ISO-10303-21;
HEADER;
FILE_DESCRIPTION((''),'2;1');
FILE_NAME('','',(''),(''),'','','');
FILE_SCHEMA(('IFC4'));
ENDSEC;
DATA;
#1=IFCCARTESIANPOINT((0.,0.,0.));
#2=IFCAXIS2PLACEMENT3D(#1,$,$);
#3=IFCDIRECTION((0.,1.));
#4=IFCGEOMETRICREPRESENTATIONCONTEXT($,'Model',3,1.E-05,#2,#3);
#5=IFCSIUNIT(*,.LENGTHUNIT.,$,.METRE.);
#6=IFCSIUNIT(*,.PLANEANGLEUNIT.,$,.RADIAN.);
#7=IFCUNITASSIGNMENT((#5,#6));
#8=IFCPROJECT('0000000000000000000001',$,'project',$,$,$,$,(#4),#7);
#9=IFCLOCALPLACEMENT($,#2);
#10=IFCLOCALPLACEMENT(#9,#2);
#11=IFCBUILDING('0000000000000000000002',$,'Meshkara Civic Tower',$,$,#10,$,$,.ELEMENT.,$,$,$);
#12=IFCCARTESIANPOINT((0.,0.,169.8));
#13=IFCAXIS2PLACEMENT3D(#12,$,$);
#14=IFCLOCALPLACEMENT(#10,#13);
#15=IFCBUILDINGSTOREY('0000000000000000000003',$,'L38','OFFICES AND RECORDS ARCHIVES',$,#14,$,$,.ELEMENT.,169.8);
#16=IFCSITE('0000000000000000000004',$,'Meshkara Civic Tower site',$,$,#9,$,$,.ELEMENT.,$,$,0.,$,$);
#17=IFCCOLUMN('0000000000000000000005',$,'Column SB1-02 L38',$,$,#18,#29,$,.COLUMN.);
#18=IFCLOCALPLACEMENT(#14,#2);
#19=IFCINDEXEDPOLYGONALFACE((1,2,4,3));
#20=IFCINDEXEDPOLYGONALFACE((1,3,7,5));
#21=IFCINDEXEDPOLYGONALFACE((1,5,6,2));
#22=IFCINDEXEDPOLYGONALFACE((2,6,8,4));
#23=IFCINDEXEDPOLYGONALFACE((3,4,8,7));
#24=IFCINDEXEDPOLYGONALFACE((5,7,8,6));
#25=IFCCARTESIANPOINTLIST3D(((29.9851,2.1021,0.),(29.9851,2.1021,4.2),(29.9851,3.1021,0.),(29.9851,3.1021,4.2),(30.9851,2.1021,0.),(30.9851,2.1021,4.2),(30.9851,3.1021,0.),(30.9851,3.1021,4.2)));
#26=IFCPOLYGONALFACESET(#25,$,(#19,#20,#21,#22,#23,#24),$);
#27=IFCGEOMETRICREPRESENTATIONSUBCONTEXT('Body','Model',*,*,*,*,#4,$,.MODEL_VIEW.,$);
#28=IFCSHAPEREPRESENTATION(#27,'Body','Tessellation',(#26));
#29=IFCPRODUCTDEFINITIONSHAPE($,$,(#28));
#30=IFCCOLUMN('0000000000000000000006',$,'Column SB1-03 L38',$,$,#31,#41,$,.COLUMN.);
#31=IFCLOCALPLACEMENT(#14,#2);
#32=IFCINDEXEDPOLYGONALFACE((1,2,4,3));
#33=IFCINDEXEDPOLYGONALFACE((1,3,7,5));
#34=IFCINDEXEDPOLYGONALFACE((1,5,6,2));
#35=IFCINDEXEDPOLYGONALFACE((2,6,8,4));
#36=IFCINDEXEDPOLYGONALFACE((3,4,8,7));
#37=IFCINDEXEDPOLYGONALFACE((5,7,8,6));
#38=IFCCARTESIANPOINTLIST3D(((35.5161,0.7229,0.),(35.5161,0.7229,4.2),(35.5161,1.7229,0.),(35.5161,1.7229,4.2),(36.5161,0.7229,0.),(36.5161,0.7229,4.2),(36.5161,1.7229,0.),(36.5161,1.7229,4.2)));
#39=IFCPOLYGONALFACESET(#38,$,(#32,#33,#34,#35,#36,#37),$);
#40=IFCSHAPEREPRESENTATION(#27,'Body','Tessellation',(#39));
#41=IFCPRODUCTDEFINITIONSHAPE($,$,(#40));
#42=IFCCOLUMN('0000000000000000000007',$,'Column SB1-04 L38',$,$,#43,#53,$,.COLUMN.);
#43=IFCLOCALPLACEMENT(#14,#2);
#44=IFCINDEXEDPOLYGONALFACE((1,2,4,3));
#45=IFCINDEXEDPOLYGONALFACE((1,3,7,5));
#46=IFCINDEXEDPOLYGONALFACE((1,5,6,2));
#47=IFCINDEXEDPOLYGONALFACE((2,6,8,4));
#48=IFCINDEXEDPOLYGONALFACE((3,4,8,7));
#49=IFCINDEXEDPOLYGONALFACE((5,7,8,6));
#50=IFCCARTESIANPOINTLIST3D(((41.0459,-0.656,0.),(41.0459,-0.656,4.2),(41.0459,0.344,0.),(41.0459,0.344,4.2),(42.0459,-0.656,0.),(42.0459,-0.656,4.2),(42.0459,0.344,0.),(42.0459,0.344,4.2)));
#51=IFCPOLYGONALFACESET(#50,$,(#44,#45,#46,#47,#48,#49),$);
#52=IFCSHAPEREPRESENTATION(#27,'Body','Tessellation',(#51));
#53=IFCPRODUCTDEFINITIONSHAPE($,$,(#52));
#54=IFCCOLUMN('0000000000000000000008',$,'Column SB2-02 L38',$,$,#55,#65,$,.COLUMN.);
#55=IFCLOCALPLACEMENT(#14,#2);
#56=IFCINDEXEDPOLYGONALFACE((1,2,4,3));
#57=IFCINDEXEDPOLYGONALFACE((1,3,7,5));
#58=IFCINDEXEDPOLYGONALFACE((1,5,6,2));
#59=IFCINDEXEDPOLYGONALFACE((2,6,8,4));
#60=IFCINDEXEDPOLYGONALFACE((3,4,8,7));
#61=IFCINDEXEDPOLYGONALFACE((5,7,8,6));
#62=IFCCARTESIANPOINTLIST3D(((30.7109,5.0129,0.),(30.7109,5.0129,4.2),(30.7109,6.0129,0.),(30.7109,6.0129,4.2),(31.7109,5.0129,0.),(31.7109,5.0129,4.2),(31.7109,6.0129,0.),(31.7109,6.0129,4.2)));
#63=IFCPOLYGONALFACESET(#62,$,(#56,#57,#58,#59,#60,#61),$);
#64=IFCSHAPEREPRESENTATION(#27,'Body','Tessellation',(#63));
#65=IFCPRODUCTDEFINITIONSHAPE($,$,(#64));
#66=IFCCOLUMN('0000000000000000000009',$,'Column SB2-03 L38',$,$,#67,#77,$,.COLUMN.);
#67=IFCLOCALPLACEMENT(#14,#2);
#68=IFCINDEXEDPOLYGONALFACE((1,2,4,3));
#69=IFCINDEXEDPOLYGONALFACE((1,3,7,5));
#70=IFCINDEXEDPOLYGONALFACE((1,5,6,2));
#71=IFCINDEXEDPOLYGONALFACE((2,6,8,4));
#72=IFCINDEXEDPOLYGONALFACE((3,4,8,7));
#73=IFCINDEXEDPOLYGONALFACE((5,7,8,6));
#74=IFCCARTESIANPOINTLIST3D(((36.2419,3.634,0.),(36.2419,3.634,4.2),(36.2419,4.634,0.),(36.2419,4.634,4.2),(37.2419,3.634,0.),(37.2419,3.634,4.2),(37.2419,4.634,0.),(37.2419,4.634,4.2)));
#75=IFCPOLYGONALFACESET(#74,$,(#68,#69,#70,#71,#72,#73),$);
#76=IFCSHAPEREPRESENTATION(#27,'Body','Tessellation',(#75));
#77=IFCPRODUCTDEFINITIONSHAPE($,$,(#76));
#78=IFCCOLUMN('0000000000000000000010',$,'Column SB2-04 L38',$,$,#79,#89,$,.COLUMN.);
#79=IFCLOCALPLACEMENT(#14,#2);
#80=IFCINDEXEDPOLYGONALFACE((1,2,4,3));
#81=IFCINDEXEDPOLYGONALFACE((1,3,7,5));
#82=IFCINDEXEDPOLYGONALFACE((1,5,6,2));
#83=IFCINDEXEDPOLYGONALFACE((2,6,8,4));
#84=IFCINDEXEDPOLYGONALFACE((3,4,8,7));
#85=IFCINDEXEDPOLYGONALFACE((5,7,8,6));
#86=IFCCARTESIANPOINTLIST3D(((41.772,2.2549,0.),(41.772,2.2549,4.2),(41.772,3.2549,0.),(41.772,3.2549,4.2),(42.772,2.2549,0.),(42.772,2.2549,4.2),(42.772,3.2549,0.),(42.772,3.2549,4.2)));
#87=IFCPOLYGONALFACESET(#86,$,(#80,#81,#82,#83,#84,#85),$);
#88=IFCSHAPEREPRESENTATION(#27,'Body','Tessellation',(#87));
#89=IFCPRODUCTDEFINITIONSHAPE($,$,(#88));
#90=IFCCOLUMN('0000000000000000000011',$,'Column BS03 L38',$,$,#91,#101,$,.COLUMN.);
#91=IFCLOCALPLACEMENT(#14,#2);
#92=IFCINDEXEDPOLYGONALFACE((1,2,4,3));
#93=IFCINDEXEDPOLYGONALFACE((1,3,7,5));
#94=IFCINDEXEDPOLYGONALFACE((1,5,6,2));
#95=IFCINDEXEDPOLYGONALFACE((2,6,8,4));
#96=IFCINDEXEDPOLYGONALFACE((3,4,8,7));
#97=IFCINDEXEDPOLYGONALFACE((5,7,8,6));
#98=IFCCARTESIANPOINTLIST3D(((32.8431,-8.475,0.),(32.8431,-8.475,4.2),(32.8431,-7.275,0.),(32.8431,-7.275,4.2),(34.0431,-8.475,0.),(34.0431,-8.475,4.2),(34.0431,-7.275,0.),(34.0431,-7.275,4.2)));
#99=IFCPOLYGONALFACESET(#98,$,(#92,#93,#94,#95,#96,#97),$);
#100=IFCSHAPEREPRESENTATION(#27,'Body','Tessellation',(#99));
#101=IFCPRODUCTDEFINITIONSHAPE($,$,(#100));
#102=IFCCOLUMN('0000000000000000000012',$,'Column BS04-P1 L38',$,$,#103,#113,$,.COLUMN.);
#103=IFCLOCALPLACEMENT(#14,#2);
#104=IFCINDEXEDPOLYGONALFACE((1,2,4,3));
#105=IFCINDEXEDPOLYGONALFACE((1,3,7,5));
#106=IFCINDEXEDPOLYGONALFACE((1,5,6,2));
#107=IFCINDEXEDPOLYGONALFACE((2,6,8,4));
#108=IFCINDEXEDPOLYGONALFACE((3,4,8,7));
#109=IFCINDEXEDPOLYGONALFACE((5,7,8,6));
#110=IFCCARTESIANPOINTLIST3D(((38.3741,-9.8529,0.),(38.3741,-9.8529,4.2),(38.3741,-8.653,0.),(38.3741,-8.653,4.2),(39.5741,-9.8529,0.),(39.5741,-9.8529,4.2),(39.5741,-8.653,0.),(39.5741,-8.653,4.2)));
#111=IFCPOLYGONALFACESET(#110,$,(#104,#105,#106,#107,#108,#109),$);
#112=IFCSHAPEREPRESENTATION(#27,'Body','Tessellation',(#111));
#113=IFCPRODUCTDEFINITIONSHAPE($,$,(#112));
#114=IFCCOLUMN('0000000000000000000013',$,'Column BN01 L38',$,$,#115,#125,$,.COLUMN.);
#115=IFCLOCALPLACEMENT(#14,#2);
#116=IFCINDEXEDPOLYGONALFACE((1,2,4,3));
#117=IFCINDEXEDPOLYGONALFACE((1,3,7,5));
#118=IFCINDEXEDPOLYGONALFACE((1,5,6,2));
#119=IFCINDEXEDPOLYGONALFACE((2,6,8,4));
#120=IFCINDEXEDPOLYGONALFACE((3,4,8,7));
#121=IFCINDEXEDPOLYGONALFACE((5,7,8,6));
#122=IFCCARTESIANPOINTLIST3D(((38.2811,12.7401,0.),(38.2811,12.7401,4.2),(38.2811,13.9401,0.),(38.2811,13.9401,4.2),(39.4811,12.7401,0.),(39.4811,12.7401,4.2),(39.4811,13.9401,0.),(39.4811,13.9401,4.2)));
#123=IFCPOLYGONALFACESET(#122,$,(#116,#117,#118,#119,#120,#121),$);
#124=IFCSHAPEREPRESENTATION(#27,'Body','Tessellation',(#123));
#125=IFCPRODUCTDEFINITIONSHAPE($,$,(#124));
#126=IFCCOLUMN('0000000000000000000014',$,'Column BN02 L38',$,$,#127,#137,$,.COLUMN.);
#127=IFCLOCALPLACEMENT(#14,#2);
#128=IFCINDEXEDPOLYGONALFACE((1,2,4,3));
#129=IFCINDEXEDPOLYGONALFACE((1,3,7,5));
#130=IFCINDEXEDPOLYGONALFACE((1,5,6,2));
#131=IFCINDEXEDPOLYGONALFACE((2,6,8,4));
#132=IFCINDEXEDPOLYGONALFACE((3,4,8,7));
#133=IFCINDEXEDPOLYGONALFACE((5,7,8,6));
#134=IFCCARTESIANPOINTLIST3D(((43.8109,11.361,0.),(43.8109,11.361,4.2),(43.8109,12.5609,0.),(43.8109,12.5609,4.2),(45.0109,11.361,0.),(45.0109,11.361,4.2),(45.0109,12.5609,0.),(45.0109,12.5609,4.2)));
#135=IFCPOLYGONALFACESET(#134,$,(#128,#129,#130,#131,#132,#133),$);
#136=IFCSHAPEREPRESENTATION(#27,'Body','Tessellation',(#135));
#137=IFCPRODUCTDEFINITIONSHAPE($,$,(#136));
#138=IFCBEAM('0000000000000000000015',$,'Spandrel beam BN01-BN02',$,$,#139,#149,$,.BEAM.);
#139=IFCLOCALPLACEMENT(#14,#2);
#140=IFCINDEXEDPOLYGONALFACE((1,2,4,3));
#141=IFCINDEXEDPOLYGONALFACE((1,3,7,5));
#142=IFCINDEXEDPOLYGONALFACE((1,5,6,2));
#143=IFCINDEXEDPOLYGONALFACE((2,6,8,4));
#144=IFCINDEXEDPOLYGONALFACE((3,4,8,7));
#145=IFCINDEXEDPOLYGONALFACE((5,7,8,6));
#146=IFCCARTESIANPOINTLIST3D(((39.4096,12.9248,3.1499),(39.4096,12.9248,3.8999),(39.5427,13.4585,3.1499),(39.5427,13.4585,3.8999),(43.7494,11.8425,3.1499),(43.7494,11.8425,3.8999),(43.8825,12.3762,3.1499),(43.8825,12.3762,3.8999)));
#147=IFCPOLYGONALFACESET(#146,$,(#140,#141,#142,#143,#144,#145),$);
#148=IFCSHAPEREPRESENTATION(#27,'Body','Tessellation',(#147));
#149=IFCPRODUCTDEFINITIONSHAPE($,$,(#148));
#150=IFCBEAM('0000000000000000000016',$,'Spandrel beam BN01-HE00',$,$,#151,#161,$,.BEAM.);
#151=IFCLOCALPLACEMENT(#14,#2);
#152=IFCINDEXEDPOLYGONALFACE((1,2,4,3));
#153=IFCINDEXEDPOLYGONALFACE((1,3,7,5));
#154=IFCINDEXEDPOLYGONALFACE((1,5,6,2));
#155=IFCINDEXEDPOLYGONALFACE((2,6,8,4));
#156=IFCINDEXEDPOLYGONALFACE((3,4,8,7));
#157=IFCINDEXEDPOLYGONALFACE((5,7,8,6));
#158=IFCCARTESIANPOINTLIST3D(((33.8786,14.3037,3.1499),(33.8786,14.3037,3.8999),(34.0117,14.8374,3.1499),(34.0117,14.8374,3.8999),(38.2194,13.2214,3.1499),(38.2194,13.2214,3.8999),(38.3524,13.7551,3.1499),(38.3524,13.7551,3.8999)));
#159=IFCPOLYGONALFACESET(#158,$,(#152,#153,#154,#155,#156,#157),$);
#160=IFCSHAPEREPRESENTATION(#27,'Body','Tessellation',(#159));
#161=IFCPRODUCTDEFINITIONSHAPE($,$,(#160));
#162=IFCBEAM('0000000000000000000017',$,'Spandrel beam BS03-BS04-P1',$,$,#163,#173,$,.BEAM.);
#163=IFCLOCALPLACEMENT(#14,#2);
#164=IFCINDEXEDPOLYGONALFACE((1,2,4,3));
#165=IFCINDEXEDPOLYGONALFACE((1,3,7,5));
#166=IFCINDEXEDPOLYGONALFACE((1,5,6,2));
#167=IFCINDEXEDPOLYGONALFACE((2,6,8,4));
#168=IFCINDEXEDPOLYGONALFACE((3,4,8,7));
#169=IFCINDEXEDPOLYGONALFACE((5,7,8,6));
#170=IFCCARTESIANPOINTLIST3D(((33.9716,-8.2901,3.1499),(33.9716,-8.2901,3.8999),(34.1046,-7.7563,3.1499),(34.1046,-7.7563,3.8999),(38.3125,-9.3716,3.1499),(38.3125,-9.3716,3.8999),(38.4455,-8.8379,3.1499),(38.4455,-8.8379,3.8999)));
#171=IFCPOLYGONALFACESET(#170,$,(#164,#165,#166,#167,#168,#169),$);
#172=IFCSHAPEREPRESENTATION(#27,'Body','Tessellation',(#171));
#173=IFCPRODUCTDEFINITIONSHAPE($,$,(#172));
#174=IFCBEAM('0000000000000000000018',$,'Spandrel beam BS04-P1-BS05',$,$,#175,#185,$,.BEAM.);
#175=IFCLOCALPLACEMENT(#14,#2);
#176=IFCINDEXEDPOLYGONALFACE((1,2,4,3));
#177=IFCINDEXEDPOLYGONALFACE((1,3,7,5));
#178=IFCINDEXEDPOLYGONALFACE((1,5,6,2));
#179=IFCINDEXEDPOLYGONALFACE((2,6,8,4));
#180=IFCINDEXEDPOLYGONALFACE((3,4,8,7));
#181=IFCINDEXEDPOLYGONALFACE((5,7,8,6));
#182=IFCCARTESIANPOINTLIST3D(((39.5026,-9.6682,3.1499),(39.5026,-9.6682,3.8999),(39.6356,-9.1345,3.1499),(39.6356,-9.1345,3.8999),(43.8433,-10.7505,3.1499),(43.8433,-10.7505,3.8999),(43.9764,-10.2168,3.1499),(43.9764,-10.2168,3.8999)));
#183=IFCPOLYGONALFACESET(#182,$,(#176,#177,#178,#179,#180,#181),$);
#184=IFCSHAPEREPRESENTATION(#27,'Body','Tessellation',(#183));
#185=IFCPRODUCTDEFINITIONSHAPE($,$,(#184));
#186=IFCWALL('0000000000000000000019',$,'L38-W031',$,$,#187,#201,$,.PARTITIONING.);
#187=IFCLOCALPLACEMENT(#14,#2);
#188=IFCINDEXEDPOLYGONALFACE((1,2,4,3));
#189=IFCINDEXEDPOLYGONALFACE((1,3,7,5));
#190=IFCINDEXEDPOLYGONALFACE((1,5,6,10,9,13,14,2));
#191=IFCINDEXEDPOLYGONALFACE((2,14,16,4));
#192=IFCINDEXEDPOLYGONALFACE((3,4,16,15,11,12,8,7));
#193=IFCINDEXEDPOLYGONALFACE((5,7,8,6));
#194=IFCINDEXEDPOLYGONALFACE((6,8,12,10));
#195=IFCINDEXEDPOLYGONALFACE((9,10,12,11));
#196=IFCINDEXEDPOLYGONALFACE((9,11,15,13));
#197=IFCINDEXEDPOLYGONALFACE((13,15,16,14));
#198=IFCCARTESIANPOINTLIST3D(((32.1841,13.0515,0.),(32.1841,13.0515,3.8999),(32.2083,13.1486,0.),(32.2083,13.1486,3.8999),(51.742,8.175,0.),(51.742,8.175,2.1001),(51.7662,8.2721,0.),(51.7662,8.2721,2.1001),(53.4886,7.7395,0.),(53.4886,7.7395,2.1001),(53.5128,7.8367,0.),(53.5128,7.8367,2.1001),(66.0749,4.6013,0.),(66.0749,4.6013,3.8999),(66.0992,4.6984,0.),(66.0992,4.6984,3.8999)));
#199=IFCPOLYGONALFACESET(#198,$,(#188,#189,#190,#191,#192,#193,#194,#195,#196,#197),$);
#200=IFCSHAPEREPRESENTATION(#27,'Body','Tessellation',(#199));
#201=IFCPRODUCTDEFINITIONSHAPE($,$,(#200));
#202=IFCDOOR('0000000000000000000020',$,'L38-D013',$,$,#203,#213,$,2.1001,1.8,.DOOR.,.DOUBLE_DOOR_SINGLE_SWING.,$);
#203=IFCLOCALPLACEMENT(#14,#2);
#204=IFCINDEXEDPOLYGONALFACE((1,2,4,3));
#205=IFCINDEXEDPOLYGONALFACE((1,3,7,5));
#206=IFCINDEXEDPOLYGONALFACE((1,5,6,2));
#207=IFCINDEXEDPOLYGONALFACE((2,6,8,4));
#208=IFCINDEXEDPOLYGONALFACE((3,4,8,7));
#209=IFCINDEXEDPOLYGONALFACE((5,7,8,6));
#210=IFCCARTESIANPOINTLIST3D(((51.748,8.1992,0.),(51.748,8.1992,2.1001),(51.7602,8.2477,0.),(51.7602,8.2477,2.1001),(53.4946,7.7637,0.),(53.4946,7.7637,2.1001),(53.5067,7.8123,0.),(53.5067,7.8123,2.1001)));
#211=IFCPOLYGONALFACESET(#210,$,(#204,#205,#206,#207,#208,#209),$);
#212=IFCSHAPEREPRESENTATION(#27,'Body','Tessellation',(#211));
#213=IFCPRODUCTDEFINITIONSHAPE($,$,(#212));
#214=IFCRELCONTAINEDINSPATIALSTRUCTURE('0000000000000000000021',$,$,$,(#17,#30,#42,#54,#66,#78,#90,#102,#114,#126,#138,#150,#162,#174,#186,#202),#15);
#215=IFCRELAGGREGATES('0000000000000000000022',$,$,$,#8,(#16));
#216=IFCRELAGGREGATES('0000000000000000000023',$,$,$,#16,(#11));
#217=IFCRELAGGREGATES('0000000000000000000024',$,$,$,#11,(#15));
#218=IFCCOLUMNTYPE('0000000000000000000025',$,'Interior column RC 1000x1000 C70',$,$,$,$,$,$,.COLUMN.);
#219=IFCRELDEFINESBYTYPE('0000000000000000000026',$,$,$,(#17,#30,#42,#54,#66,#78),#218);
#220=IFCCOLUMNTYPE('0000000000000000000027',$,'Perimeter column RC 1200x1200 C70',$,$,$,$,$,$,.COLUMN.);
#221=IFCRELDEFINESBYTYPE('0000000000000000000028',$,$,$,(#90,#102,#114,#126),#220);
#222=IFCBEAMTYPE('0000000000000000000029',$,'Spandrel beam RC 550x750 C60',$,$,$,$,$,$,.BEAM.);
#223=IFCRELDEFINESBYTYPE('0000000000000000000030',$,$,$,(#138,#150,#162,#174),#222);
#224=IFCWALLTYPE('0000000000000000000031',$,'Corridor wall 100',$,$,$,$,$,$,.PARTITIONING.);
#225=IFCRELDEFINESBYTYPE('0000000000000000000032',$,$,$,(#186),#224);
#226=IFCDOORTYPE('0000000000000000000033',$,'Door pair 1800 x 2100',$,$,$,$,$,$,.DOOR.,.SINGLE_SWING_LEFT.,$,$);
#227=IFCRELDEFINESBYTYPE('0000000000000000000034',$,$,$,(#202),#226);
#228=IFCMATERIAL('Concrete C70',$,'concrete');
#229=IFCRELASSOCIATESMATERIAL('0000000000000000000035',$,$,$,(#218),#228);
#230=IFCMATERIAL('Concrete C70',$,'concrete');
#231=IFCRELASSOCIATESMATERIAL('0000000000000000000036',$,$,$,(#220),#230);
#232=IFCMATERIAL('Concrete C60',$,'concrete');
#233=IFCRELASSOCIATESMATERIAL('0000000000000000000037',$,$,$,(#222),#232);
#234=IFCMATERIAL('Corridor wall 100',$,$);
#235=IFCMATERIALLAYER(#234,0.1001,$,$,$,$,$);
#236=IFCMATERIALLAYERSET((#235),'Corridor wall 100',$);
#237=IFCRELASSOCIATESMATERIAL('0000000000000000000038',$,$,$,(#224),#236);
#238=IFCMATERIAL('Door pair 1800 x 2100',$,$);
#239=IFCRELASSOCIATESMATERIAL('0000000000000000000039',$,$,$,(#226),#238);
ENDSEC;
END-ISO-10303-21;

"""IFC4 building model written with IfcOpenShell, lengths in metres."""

from ifc_helpers import new_model, si_unit, direction, frame, frame_2d, origin, origin_2d, place, context, subcontext, project, spatial, rectangle, extrude, material, layer, layer_set, material_profile, profile_set, type_object, element, fill, save


model = new_model("IFC4")

# Units and contexts
model_context = context("Model", 3, precision=1e-05, world=origin(), true_north=direction((0.0, 1.0)))
body_context = subcontext(model_context, "Body", "Model", "MODEL_VIEW")
ifc_project = project(units=[si_unit("LENGTHUNIT", "METRE"), si_unit("PLANEANGLEUNIT", "RADIAN")], contexts=[model_context])

# Site, building, storey
site_placement = place(None, origin())
site = spatial("IfcSite", under=ifc_project, at=site_placement, Name="Meshkara Civic Tower site", CompositionType="ELEMENT", RefElevation=0.0)
building_placement = place(site_placement, origin())
building = spatial("IfcBuilding", under=site, at=building_placement, Name="Meshkara Civic Tower", CompositionType="ELEMENT")
storey_placement = place(building_placement, frame((0.0, 0.0, 169.8)))
storey = spatial("IfcBuildingStorey", under=building, at=storey_placement, Name="L38", Description="OFFICES AND RECORDS ARCHIVES", CompositionType="ELEMENT", Elevation=169.8)

# Columns
ifc_material_1 = material(Name="Concrete C70", Category="concrete")
ifc_material_profile_1 = material_profile(ifc_material_1, rectangle(XDim=1.0, YDim=1.0, at=origin_2d()))
ifc_profile_set_1 = profile_set([ifc_material_profile_1], Name="Concrete C70")
column_type_1 = type_object("IfcColumnType", Name="Interior column RC 1000x1000 C70", PredefinedType="COLUMN", material=ifc_profile_set_1)
for number, where, z_axis, x_axis, name in (
    (1, (30.4851, 2.6021, 0.0), (0.0, 0.0, 1.0), (1.0, 0.0, 0.0), "Column SB1-02 L38"),
    (2, (36.0161, 1.2229, 0.0), (0.0, 0.0, 1.0), (1.0, 0.0, 0.0), "Column SB1-03 L38"),
    (3, (41.5459, -0.156, 0.0), (0.0, 0.0, 1.0), (1.0, 0.0, 0.0), "Column SB1-04 L38"),
    (4, (31.2109, 5.5129, 0.0), (0.0, 0.0, 1.0), (1.0, 0.0, 0.0), "Column SB2-02 L38"),
    (5, (36.7419, 4.134, 0.0), (0.0, 0.0, 1.0), (1.0, 0.0, 0.0), "Column SB2-03 L38"),
    (6, (42.272, 2.7549, 0.0), (0.0, 0.0, 1.0), (1.0, 0.0, 0.0), "Column SB2-04 L38"),
):
    element("IfcColumn", number, at=place(storey_placement, frame(where, z_axis=z_axis, x_axis=x_axis)), inside=storey, type_object=column_type_1, Name=name, PredefinedType="COLUMN", context=body_context, shape_type="SweptSolid", body=[
        extrude(rectangle(XDim=1.0, YDim=1.0, at=origin_2d()), origin(), (0.0, 0.0, 1.0), 4.2),
    ])
ifc_material_2 = material(Name="Concrete C70", Category="concrete")
ifc_material_profile_2 = material_profile(ifc_material_2, rectangle(XDim=1.2, YDim=1.2, at=origin_2d()))
ifc_profile_set_2 = profile_set([ifc_material_profile_2], Name="Concrete C70")
column_type_2 = type_object("IfcColumnType", Name="Perimeter column RC 1200x1200 C70", PredefinedType="COLUMN", material=ifc_profile_set_2)
for number, where, z_axis, x_axis, name in (
    (7, (33.4431, -7.875, 0.0), (0.0, 0.0, 1.0), (1.0, 0.0, 0.0), "Column BS03 L38"),
    (8, (38.9741, -9.2529, 0.0), (0.0, 0.0, 1.0), (1.0, 0.0, 0.0), "Column BS04-P1 L38"),
    (9, (38.8811, 13.3401, 0.0), (0.0, 0.0, 1.0), (1.0, 0.0, 0.0), "Column BN01 L38"),
    (10, (44.4109, 11.9609, 0.0), (0.0, 0.0, 1.0), (1.0, 0.0, 0.0), "Column BN02 L38"),
):
    element("IfcColumn", number, at=place(storey_placement, frame(where, z_axis=z_axis, x_axis=x_axis)), inside=storey, type_object=column_type_2, Name=name, PredefinedType="COLUMN", context=body_context, shape_type="SweptSolid", body=[
        extrude(rectangle(XDim=1.2, YDim=1.2, at=origin_2d()), origin(), (0.0, 0.0, 1.0), 4.2),
    ])

# Beams
ifc_material_3 = material(Name="Concrete C60", Category="concrete")
ifc_material_profile_3 = material_profile(ifc_material_3, rectangle(XDim=0.55, YDim=0.75, at=origin_2d()))
ifc_profile_set_3 = profile_set([ifc_material_profile_3], Name="Concrete C60")
beam_type = type_object("IfcBeamType", Name="Spandrel beam RC 550x750 C60", PredefinedType="BEAM", material=ifc_profile_set_3)
beam_placement = place(storey_placement, frame((43.8159, 12.1094, 3.5249), z_axis=(-0.970284, 0.24197, 0.0), x_axis=(-0.24197, -0.970284, 0.0)))
element("IfcBeam", 11, at=beam_placement, inside=storey, type_object=beam_type, Name="Spandrel beam BN01-BN02", PredefinedType="BEAM", context=body_context, shape_type="SweptSolid", body=[
    extrude(rectangle(XDim=0.55, YDim=0.75, at=origin_2d()), origin(), (0.0, 0.0, 1.0), 4.4727),
])
for number, where, z_axis, x_axis, name in (
    (12, (38.2859, 13.4883, 3.5249), (-0.970296, 0.241919, 0.0), (-0.241919, -0.970296, 0.0), "Spandrel beam BN01-HE00"),
    (13, (34.0381, -8.0232, 3.5249), (0.970335, -0.241765, 0.0), (0.241765, 0.970335, 0.0), "Spandrel beam BS03-BS04-P1"),
    (14, (39.5691, -9.4014, 3.5249), (0.970296, -0.241919, 0.0), (0.241919, 0.970296, 0.0), "Spandrel beam BS04-P1-BS05"),
):
    element("IfcBeam", number, at=place(storey_placement, frame(where, z_axis=z_axis, x_axis=x_axis)), inside=storey, type_object=beam_type, Name=name, PredefinedType="BEAM", context=body_context, shape_type="SweptSolid", body=[
        extrude(rectangle(XDim=0.55, YDim=0.75, at=origin_2d()), origin(), (0.0, 0.0, 1.0), 4.4736),
    ])

# Wall, opening, door
ifc_material_4 = material(Name="Corridor wall 100")
ifc_layer_1 = layer(ifc_material_4, 0.1001)
ifc_layer_set_1 = layer_set([ifc_layer_1], Name="Corridor wall 100")
wall_type_1 = type_object("IfcWallType", Name="Corridor wall 100", PredefinedType="PARTITIONING", material=ifc_layer_set_1)
wall_1_placement = place(storey_placement, frame((32.196, 13.1001, 0.0), z_axis=(0.0, 0.0, 1.0), x_axis=(0.970294, -0.241929, 0.0)))
wall_1 = element("IfcWall", 15, at=wall_1_placement, inside=storey, type_object=wall_type_1, Name="L38-W031", PredefinedType="PARTITIONING", context=body_context, shape_type="SweptSolid", body=[
    extrude(rectangle(XDim=34.9285, YDim=0.1001, at=frame_2d((17.4644, 0.0))), origin(), (0.0, 0.0, 1.0), 3.8999),
])
opening_1_placement = place(wall_1_placement, frame((20.157, 0.0, 0.0)))
opening_1 = element("IfcOpeningElement", 16, at=opening_1_placement, cuts=wall_1, PredefinedType="OPENING", context=body_context, shape_type="SweptSolid", body=[
    extrude(rectangle(XDim=1.8, YDim=2.1001, at=frame_2d((0.8999, 1.05))), frame((0.0, 0.0601, 0.0), z_axis=(0.0, -1.0, 0.0), x_axis=(1.0, 0.0, 0.0)), (0.0, 0.0, 1.0), 0.1201),
])
ifc_material_5 = material(Name="Door pair 1800 x 2100")
door_type = type_object("IfcDoorType", Name="Door pair 1800 x 2100", OperationType="SINGLE_SWING_LEFT", PredefinedType="DOOR", material=ifc_material_5)
door_placement = place(opening_1_placement, origin())
door = element("IfcDoor", 17, at=door_placement, inside=storey, type_object=door_type, Name="L38-D013", OperationType="DOUBLE_DOOR_SINGLE_SWING", OverallHeight=2.1001, OverallWidth=1.8, PredefinedType="DOOR", context=body_context, shape_type="SweptSolid", body=[
    extrude(rectangle(XDim=1.8, YDim=2.1001, at=frame_2d((0.8999, 1.05))), frame((0.0, 0.0249, 0.0), z_axis=(0.0, -1.0, 0.0), x_axis=(1.0, 0.0, 0.0)), (0.0, 0.0, 1.0), 0.05),
])
fill(opening_1, door)

save(model, "model.ifc")
